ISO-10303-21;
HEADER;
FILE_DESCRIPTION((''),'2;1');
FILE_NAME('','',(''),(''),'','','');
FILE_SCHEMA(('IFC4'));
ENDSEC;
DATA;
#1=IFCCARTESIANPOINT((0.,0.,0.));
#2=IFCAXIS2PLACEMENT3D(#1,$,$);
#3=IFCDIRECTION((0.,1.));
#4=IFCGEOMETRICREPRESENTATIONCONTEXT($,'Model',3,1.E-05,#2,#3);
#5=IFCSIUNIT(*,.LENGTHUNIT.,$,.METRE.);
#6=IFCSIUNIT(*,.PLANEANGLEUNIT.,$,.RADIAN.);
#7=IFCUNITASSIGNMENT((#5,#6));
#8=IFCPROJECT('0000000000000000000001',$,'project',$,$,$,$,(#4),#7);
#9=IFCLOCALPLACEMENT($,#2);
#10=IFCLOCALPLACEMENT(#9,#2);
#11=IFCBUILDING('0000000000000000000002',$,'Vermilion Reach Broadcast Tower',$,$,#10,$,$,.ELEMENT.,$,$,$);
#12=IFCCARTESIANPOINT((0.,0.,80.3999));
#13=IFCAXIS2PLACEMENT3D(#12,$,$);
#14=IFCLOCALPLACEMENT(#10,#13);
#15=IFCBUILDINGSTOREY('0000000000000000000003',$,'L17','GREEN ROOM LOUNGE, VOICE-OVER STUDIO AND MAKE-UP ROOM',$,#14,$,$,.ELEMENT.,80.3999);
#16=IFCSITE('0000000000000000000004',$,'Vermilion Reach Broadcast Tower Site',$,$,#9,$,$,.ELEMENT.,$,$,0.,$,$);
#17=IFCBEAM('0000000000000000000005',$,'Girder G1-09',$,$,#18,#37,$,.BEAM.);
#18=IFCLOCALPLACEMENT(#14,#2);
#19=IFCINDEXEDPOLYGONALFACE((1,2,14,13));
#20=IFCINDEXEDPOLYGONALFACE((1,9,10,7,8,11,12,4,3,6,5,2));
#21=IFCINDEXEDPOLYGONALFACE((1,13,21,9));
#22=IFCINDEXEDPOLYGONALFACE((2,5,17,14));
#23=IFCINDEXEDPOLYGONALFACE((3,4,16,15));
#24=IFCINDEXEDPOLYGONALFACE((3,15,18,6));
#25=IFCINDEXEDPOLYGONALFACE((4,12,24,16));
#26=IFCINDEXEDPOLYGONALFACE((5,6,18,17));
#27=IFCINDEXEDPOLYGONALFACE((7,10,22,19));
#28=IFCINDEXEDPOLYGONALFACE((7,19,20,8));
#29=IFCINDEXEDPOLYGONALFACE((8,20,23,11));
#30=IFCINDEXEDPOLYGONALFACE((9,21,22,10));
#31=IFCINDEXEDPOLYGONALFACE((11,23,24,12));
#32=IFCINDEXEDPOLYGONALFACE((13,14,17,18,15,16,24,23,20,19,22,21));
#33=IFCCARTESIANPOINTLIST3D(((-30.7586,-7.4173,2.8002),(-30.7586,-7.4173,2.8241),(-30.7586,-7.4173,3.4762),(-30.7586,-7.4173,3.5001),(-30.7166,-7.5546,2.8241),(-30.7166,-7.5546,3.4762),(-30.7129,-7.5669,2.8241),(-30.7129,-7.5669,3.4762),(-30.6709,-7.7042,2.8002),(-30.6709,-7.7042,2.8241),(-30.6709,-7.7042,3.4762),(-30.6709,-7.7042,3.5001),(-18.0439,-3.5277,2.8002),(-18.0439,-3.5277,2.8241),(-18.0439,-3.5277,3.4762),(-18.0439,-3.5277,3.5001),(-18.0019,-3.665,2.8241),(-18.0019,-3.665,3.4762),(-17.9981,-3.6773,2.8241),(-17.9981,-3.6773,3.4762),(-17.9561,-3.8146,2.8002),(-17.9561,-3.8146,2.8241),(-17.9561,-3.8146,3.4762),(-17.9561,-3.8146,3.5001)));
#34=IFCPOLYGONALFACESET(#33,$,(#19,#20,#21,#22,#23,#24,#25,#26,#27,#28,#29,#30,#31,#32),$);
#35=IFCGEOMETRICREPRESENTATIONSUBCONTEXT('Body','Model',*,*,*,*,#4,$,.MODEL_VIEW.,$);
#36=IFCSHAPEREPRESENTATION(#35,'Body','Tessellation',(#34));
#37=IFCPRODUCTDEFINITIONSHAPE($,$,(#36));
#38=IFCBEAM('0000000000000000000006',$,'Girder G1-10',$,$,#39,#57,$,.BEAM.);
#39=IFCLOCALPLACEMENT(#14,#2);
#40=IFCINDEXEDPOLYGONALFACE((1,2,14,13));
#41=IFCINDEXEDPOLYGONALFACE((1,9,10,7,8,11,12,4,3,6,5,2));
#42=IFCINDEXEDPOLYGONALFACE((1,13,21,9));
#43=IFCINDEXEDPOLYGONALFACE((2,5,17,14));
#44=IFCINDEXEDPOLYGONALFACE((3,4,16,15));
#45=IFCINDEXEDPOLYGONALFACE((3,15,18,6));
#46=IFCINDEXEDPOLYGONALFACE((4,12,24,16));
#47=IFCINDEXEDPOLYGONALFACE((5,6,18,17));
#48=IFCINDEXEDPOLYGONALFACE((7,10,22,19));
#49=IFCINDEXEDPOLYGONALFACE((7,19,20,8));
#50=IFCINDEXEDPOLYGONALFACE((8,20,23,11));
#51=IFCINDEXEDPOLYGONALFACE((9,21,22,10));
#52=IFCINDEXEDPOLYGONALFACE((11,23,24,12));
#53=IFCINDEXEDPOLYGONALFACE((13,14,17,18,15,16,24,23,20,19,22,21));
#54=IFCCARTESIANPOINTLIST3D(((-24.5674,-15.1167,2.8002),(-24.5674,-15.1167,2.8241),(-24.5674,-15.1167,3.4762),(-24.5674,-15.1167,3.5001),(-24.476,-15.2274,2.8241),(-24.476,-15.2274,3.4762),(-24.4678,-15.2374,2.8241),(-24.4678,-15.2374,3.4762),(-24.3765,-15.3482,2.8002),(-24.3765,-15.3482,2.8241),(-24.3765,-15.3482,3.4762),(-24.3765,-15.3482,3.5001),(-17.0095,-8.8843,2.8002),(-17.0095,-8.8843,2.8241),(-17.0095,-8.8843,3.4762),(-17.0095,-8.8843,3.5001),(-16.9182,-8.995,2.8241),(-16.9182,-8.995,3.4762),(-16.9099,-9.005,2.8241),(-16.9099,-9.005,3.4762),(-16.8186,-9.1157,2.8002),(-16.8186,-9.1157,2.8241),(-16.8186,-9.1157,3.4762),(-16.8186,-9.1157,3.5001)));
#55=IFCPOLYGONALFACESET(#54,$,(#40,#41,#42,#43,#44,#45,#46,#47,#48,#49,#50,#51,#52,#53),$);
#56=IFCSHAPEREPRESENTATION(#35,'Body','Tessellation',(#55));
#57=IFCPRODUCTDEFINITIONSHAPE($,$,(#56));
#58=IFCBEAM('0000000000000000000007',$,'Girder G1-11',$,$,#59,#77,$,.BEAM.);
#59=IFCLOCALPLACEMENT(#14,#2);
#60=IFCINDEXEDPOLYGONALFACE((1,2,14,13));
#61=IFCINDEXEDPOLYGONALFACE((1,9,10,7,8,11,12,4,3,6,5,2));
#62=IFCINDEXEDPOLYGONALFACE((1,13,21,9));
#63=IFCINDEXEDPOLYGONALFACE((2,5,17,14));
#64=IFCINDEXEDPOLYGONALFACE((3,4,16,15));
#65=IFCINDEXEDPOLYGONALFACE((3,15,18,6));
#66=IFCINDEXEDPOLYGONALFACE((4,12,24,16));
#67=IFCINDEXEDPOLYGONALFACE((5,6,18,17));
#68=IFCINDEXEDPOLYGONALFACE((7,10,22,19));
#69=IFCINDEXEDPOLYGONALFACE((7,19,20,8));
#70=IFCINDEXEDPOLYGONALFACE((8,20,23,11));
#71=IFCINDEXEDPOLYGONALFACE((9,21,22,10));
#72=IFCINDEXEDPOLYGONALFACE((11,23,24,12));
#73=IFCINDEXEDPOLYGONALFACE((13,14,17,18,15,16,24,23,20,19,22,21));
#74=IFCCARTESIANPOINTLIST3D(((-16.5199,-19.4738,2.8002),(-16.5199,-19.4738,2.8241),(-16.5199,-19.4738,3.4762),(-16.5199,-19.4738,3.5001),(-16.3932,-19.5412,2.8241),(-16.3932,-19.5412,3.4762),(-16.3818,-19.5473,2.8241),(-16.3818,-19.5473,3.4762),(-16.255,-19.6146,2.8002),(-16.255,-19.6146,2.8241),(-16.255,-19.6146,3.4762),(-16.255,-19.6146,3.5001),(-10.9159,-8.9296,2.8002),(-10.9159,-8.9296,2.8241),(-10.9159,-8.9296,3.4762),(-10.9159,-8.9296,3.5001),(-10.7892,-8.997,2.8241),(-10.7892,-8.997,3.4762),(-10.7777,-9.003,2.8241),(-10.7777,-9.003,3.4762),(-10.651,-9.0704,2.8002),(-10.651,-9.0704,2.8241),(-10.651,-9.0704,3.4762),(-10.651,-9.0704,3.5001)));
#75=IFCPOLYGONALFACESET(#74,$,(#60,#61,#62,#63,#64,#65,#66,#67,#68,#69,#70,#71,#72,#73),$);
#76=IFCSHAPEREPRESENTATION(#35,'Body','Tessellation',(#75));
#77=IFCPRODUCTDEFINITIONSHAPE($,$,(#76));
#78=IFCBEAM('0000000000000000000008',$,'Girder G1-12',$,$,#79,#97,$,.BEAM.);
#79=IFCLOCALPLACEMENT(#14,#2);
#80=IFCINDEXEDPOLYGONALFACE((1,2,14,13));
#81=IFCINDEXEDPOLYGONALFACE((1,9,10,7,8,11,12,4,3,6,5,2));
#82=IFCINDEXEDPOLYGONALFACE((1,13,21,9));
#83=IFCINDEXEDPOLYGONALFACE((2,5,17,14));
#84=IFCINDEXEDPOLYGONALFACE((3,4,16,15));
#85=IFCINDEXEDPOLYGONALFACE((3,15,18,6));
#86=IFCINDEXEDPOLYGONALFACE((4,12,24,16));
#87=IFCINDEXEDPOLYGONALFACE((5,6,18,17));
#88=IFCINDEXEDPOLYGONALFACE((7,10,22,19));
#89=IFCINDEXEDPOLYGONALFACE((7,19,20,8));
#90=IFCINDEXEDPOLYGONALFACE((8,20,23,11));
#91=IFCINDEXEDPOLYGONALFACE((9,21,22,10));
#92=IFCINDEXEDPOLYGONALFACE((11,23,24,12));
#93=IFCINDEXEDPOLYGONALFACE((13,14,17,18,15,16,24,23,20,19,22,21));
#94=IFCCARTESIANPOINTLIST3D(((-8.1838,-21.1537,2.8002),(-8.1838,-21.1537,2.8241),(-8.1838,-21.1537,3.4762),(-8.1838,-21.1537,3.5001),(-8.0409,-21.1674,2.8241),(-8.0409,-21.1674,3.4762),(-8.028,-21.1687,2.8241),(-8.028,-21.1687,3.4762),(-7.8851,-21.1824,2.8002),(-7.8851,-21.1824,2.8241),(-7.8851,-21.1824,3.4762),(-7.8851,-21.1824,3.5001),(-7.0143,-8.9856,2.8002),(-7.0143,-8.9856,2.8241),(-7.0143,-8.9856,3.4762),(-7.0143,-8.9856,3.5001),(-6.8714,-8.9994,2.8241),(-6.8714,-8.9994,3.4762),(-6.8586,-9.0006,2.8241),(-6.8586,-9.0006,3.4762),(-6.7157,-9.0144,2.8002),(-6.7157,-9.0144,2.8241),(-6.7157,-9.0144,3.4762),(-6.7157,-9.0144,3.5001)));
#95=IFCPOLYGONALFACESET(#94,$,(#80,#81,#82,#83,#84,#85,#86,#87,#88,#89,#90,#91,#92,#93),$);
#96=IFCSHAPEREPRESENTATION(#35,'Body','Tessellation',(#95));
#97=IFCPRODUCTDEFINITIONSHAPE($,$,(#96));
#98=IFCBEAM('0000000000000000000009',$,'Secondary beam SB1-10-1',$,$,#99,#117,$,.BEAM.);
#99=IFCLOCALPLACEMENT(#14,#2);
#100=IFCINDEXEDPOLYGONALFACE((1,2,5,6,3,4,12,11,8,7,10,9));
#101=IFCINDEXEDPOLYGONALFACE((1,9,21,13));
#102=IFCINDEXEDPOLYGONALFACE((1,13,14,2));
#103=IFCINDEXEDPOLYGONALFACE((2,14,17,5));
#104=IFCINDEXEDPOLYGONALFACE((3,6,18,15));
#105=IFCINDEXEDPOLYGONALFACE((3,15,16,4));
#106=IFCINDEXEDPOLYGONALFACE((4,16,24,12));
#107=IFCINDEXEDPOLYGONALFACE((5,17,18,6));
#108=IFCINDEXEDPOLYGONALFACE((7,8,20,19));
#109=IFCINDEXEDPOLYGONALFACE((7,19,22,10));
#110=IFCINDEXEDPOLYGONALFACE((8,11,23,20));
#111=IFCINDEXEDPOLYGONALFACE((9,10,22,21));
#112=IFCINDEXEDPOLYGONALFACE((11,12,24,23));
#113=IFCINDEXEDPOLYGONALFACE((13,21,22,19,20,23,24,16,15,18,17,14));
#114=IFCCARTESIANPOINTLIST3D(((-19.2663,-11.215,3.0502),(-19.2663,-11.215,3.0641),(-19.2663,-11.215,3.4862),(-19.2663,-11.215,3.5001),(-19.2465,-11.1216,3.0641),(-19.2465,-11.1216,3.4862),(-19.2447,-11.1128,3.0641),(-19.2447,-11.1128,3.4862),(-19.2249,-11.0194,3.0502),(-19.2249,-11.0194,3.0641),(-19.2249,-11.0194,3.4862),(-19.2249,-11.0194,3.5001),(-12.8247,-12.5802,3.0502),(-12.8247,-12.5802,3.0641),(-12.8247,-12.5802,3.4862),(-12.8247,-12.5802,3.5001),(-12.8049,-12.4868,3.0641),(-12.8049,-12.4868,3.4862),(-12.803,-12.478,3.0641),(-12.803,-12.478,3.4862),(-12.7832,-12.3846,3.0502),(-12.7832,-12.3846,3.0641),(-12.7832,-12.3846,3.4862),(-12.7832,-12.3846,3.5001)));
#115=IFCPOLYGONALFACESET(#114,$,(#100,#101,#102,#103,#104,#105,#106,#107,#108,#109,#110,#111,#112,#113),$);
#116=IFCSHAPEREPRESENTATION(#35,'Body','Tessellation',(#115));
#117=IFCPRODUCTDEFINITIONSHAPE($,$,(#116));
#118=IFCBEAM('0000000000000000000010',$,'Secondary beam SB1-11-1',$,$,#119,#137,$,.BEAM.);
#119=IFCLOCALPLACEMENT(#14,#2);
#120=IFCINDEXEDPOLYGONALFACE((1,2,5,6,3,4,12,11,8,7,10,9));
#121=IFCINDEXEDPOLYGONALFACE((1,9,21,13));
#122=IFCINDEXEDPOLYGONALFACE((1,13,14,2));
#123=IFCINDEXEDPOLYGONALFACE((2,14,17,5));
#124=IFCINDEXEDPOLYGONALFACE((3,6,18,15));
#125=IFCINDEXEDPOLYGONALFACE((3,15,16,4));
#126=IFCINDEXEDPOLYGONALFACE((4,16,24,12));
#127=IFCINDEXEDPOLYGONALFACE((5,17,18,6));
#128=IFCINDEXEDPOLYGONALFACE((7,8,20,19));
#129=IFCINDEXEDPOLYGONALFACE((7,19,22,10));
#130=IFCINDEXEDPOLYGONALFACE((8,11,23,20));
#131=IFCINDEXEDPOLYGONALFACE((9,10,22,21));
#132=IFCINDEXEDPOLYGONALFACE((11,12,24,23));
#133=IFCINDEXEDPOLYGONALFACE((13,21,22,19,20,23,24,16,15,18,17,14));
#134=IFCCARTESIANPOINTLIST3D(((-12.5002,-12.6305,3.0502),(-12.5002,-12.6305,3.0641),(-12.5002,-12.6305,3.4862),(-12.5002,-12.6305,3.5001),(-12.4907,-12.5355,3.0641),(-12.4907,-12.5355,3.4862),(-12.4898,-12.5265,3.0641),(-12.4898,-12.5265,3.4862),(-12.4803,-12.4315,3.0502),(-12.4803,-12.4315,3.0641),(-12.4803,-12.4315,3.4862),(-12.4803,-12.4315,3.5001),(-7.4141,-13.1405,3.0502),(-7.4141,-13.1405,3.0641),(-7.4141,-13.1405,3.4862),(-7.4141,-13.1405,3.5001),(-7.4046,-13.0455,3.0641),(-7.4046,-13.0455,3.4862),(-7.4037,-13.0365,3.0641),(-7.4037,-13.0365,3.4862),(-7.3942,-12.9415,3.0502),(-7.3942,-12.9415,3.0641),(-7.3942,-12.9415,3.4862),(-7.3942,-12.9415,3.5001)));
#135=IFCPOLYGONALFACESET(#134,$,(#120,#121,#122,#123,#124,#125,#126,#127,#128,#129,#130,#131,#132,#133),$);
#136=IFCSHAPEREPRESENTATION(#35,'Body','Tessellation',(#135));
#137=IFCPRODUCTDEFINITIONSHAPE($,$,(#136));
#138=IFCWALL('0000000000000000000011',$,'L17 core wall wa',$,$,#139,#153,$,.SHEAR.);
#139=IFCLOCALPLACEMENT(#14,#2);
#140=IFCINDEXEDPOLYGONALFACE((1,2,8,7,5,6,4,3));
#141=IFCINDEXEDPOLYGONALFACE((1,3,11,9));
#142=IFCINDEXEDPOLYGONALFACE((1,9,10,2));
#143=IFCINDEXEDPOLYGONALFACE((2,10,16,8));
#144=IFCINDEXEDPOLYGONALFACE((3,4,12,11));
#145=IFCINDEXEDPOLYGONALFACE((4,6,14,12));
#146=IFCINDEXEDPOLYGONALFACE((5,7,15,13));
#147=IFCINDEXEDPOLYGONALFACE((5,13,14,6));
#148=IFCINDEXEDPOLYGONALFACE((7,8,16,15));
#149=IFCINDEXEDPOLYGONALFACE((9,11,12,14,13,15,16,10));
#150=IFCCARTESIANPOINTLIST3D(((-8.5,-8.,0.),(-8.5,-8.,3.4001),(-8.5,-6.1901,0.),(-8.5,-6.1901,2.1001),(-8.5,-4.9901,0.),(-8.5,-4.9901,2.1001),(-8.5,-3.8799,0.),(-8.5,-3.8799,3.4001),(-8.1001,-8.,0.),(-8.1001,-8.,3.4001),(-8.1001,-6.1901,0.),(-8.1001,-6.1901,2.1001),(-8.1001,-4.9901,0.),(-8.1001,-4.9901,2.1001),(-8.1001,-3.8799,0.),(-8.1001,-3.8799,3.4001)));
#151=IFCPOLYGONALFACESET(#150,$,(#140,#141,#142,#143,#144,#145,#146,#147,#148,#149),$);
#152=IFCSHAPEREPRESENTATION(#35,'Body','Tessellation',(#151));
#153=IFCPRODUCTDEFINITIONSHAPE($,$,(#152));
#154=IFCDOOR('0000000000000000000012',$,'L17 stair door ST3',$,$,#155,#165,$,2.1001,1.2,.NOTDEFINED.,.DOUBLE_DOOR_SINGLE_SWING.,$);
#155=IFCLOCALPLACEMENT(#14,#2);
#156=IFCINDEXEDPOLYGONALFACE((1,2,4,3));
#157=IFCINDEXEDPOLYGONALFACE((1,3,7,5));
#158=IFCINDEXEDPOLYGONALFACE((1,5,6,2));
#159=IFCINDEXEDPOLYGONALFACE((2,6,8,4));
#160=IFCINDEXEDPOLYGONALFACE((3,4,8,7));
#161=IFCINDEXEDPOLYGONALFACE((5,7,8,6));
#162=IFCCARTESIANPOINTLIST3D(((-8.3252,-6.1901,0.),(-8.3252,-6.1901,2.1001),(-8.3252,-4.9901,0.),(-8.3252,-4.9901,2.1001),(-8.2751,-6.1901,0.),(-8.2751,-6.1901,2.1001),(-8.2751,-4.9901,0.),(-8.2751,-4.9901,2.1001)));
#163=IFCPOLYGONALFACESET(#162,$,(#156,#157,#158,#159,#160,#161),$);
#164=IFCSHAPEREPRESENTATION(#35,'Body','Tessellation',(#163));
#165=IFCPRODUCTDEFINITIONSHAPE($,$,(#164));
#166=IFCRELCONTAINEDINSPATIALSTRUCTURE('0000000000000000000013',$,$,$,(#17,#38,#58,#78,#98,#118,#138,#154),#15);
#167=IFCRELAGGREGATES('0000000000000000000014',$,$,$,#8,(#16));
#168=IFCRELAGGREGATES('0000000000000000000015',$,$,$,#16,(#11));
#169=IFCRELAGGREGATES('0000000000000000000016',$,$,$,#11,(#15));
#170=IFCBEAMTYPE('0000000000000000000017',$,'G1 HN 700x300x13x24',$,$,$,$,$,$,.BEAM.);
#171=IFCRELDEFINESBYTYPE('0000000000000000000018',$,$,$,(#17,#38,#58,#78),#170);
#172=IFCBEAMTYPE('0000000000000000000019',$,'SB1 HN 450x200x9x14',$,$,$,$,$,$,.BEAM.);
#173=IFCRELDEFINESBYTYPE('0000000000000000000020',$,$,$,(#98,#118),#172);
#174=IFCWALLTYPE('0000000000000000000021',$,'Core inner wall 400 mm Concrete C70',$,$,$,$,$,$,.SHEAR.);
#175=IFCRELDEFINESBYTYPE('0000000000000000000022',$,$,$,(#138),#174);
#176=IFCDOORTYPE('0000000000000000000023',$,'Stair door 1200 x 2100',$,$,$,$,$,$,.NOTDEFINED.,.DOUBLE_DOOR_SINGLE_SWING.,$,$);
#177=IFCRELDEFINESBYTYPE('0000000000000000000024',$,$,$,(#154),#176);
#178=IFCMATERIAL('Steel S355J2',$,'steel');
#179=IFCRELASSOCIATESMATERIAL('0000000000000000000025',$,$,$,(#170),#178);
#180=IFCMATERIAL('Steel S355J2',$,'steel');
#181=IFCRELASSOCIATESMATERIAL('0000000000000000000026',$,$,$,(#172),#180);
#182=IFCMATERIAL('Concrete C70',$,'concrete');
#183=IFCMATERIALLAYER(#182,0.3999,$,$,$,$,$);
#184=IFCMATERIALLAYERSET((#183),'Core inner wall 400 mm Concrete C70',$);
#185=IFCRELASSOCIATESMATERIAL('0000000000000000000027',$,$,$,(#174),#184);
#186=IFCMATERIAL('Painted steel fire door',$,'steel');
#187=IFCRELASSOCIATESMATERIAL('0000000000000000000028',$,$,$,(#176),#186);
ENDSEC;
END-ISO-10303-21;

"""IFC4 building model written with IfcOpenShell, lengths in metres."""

from ifc_helpers import new_model, si_unit, direction, frame, frame_2d, origin, origin_2d, place, context, subcontext, project, spatial, rectangle, i_section, extrude, material, layer, layer_set, material_profile, profile_set, type_object, element, fill, save


model = new_model("IFC4")

# Units and contexts
model_context = context("Model", 3, precision=1e-05, world=origin(), true_north=direction((0.0, 1.0)))
body_context = subcontext(model_context, "Body", "Model", "MODEL_VIEW")
ifc_project = project(units=[si_unit("LENGTHUNIT", "METRE"), si_unit("PLANEANGLEUNIT", "RADIAN")], contexts=[model_context])

# Site, building, storey
site_placement = place(None, origin())
site = spatial("IfcSite", under=ifc_project, at=site_placement, Name="Vermilion Reach Broadcast Tower Site", CompositionType="ELEMENT", RefElevation=0.0)
building_placement = place(site_placement, origin())
building = spatial("IfcBuilding", under=site, at=building_placement, Name="Vermilion Reach Broadcast Tower", CompositionType="ELEMENT")
storey_placement = place(building_placement, frame((0.0, 0.0, 80.3999)))
storey = spatial("IfcBuildingStorey", under=building, at=storey_placement, Name="L17", Description="GREEN ROOM LOUNGE, VOICE-OVER STUDIO AND MAKE-UP ROOM", CompositionType="ELEMENT", Elevation=80.3999)

# Beams
ifc_material_1 = material(Name="Steel S355J2", Category="steel")
ifc_material_profile_1 = material_profile(ifc_material_1, i_section(OverallWidth=0.3, OverallDepth=0.7, WebThickness=0.0129, FlangeThickness=0.0239, at=origin_2d()), Name="S355J2 HN 700x300x13x24")
ifc_profile_set_1 = profile_set([ifc_material_profile_1], Name="Steel S355J2")
beam_type_1 = type_object("IfcBeamType", Name="G1 HN 700x300x13x24", PredefinedType="BEAM", material=ifc_profile_set_1)
beam_1_placement = place(storey_placement, frame((-18.0, -3.6711, 3.1501), z_axis=(-0.956256, -0.292532, 0.0), x_axis=(0.292532, -0.956256, 0.0)))
element("IfcBeam", 1, at=beam_1_placement, inside=storey, type_object=beam_type_1, Name="Girder G1-09", PredefinedType="BEAM", context=body_context, shape_type="SweptSolid", body=[
    extrude(i_section(OverallWidth=0.3, OverallDepth=0.7, WebThickness=0.0129, FlangeThickness=0.0239, at=origin_2d()), origin(), (0.0, 0.0, 1.0), 13.2964),
])
beam_2_placement = place(storey_placement, frame((-16.9141, -9.0, 3.1501), z_axis=(-0.771514, -0.636212, 0.0), x_axis=(0.636212, -0.771514, 0.0)))
element("IfcBeam", 2, at=beam_2_placement, inside=storey, type_object=beam_type_1, Name="Girder G1-10", PredefinedType="BEAM", context=body_context, shape_type="SweptSolid", body=[
    extrude(i_section(OverallWidth=0.3, OverallDepth=0.7, WebThickness=0.0129, FlangeThickness=0.0239, at=origin_2d()), origin(), (0.0, 0.0, 1.0), 9.7961),
])
beam_3_placement = place(storey_placement, frame((-10.7834, -9.0, 3.1501), z_axis=(-0.469312, -0.883032, 0.0), x_axis=(0.883032, -0.469312, 0.0)))
element("IfcBeam", 3, at=beam_3_placement, inside=storey, type_object=beam_type_1, Name="Girder G1-11", PredefinedType="BEAM", context=body_context, shape_type="SweptSolid", body=[
    extrude(i_section(OverallWidth=0.3, OverallDepth=0.7, WebThickness=0.0129, FlangeThickness=0.0239, at=origin_2d()), origin(), (0.0, 0.0, 1.0), 11.9409),
])
beam_4_placement = place(storey_placement, frame((-6.865, -9.0, 3.1501), z_axis=(-0.095667, -0.995413, 0.0), x_axis=(0.995413, -0.095667, 0.0)))
element("IfcBeam", 4, at=beam_4_placement, inside=storey, type_object=beam_type_1, Name="Girder G1-12", PredefinedType="BEAM", context=body_context, shape_type="SweptSolid", body=[
    extrude(i_section(OverallWidth=0.3, OverallDepth=0.7, WebThickness=0.0129, FlangeThickness=0.0239, at=origin_2d()), origin(), (0.0, 0.0, 1.0), 12.2241),
])
ifc_material_2 = material(Name="Steel S355J2", Category="steel")
ifc_material_profile_2 = material_profile(ifc_material_2, i_section(OverallWidth=0.2, OverallDepth=0.45, WebThickness=0.009, FlangeThickness=0.0139, at=origin_2d()), Name="S355J2 HN 450x200x9x14")
ifc_profile_set_2 = profile_set([ifc_material_profile_2], Name="Steel S355J2")
beam_type_2 = type_object("IfcBeamType", Name="SB1 HN 450x200x9x14", PredefinedType="BEAM", material=ifc_profile_set_2)
beam_5_placement = place(storey_placement, frame((-19.2456, -11.1172, 3.2751), z_axis=(0.97827, -0.207333, 0.0), x_axis=(0.207333, 0.97827, 0.0)))
element("IfcBeam", 5, at=beam_5_placement, inside=storey, type_object=beam_type_2, Name="Secondary beam SB1-10-1", PredefinedType="BEAM", context=body_context, shape_type="SweptSolid", body=[
    extrude(i_section(OverallWidth=0.2, OverallDepth=0.45, WebThickness=0.009, FlangeThickness=0.0139, at=origin_2d()), origin(), (0.0, 0.0, 1.0), 6.5847),
])
beam_6_placement = place(storey_placement, frame((-12.4902, -12.531, 3.2751), z_axis=(0.99501, -0.099773, 0.0), x_axis=(0.099773, 0.99501, 0.0)))
element("IfcBeam", 6, at=beam_6_placement, inside=storey, type_object=beam_type_2, Name="Secondary beam SB1-11-1", PredefinedType="BEAM", context=body_context, shape_type="SweptSolid", body=[
    extrude(i_section(OverallWidth=0.2, OverallDepth=0.45, WebThickness=0.009, FlangeThickness=0.0139, at=origin_2d()), origin(), (0.0, 0.0, 1.0), 5.1116),
])

# Wall, opening, door
ifc_material_3 = material(Name="Concrete C70", Category="concrete")
ifc_layer_1 = layer(ifc_material_3, 0.3999)
ifc_layer_set_1 = layer_set([ifc_layer_1], Name="Core inner wall 400 mm Concrete C70")
wall_type_1 = type_object("IfcWallType", Name="Core inner wall 400 mm Concrete C70", PredefinedType="SHEAR", material=ifc_layer_set_1)
wall_1_placement = place(storey_placement, frame((-8.3, -3.8799, 0.0), z_axis=(0.0, 0.0, 1.0), x_axis=(0.0, -1.0, 0.0)))
wall_1 = element("IfcWall", 7, at=wall_1_placement, inside=storey, type_object=wall_type_1, Name="L17 core wall wa", PredefinedType="SHEAR", context=body_context, shape_type="SweptSolid", body=[
    extrude(rectangle(XDim=4.1201, YDim=0.3999, at=frame_2d((2.0601, 0.0))), origin(), (0.0, 0.0, 1.0), 3.4001),
])
opening_1_placement = place(wall_1_placement, frame((1.1101, 0.0, 0.0)))
opening_1 = element("IfcOpeningElement", 8, at=opening_1_placement, cuts=wall_1, PredefinedType="OPENING", context=body_context, shape_type="SweptSolid", body=[
    extrude(rectangle(XDim=1.2, YDim=2.1001, at=frame_2d((0.6001, 1.05))), frame((0.0, 0.21, 0.0), z_axis=(0.0, -1.0, 0.0), x_axis=(1.0, 0.0, 0.0)), (0.0, 0.0, 1.0), 0.4199),
])
ifc_material_4 = material(Name="Painted steel fire door", Category="steel")
door_type_1 = type_object("IfcDoorType", Name="Stair door 1200 x 2100", OperationType="DOUBLE_DOOR_SINGLE_SWING", PredefinedType="NOTDEFINED", material=ifc_material_4)
door_1_placement = place(opening_1_placement, origin())
door_1 = element("IfcDoor", 9, at=door_1_placement, inside=storey, type_object=door_type_1, Name="L17 stair door ST3", OperationType="DOUBLE_DOOR_SINGLE_SWING", OverallHeight=2.1001, OverallWidth=1.2, PredefinedType="NOTDEFINED", context=body_context, shape_type="SweptSolid", body=[
    extrude(rectangle(XDim=1.2, YDim=2.1001, at=frame_2d((0.6001, 1.05))), frame((0.0, 0.0249, 0.0), z_axis=(0.0, -1.0, 0.0), x_axis=(1.0, 0.0, 0.0)), (0.0, 0.0, 1.0), 0.05),
])
fill(opening_1, door_1)

save(model, "model.ifc")
